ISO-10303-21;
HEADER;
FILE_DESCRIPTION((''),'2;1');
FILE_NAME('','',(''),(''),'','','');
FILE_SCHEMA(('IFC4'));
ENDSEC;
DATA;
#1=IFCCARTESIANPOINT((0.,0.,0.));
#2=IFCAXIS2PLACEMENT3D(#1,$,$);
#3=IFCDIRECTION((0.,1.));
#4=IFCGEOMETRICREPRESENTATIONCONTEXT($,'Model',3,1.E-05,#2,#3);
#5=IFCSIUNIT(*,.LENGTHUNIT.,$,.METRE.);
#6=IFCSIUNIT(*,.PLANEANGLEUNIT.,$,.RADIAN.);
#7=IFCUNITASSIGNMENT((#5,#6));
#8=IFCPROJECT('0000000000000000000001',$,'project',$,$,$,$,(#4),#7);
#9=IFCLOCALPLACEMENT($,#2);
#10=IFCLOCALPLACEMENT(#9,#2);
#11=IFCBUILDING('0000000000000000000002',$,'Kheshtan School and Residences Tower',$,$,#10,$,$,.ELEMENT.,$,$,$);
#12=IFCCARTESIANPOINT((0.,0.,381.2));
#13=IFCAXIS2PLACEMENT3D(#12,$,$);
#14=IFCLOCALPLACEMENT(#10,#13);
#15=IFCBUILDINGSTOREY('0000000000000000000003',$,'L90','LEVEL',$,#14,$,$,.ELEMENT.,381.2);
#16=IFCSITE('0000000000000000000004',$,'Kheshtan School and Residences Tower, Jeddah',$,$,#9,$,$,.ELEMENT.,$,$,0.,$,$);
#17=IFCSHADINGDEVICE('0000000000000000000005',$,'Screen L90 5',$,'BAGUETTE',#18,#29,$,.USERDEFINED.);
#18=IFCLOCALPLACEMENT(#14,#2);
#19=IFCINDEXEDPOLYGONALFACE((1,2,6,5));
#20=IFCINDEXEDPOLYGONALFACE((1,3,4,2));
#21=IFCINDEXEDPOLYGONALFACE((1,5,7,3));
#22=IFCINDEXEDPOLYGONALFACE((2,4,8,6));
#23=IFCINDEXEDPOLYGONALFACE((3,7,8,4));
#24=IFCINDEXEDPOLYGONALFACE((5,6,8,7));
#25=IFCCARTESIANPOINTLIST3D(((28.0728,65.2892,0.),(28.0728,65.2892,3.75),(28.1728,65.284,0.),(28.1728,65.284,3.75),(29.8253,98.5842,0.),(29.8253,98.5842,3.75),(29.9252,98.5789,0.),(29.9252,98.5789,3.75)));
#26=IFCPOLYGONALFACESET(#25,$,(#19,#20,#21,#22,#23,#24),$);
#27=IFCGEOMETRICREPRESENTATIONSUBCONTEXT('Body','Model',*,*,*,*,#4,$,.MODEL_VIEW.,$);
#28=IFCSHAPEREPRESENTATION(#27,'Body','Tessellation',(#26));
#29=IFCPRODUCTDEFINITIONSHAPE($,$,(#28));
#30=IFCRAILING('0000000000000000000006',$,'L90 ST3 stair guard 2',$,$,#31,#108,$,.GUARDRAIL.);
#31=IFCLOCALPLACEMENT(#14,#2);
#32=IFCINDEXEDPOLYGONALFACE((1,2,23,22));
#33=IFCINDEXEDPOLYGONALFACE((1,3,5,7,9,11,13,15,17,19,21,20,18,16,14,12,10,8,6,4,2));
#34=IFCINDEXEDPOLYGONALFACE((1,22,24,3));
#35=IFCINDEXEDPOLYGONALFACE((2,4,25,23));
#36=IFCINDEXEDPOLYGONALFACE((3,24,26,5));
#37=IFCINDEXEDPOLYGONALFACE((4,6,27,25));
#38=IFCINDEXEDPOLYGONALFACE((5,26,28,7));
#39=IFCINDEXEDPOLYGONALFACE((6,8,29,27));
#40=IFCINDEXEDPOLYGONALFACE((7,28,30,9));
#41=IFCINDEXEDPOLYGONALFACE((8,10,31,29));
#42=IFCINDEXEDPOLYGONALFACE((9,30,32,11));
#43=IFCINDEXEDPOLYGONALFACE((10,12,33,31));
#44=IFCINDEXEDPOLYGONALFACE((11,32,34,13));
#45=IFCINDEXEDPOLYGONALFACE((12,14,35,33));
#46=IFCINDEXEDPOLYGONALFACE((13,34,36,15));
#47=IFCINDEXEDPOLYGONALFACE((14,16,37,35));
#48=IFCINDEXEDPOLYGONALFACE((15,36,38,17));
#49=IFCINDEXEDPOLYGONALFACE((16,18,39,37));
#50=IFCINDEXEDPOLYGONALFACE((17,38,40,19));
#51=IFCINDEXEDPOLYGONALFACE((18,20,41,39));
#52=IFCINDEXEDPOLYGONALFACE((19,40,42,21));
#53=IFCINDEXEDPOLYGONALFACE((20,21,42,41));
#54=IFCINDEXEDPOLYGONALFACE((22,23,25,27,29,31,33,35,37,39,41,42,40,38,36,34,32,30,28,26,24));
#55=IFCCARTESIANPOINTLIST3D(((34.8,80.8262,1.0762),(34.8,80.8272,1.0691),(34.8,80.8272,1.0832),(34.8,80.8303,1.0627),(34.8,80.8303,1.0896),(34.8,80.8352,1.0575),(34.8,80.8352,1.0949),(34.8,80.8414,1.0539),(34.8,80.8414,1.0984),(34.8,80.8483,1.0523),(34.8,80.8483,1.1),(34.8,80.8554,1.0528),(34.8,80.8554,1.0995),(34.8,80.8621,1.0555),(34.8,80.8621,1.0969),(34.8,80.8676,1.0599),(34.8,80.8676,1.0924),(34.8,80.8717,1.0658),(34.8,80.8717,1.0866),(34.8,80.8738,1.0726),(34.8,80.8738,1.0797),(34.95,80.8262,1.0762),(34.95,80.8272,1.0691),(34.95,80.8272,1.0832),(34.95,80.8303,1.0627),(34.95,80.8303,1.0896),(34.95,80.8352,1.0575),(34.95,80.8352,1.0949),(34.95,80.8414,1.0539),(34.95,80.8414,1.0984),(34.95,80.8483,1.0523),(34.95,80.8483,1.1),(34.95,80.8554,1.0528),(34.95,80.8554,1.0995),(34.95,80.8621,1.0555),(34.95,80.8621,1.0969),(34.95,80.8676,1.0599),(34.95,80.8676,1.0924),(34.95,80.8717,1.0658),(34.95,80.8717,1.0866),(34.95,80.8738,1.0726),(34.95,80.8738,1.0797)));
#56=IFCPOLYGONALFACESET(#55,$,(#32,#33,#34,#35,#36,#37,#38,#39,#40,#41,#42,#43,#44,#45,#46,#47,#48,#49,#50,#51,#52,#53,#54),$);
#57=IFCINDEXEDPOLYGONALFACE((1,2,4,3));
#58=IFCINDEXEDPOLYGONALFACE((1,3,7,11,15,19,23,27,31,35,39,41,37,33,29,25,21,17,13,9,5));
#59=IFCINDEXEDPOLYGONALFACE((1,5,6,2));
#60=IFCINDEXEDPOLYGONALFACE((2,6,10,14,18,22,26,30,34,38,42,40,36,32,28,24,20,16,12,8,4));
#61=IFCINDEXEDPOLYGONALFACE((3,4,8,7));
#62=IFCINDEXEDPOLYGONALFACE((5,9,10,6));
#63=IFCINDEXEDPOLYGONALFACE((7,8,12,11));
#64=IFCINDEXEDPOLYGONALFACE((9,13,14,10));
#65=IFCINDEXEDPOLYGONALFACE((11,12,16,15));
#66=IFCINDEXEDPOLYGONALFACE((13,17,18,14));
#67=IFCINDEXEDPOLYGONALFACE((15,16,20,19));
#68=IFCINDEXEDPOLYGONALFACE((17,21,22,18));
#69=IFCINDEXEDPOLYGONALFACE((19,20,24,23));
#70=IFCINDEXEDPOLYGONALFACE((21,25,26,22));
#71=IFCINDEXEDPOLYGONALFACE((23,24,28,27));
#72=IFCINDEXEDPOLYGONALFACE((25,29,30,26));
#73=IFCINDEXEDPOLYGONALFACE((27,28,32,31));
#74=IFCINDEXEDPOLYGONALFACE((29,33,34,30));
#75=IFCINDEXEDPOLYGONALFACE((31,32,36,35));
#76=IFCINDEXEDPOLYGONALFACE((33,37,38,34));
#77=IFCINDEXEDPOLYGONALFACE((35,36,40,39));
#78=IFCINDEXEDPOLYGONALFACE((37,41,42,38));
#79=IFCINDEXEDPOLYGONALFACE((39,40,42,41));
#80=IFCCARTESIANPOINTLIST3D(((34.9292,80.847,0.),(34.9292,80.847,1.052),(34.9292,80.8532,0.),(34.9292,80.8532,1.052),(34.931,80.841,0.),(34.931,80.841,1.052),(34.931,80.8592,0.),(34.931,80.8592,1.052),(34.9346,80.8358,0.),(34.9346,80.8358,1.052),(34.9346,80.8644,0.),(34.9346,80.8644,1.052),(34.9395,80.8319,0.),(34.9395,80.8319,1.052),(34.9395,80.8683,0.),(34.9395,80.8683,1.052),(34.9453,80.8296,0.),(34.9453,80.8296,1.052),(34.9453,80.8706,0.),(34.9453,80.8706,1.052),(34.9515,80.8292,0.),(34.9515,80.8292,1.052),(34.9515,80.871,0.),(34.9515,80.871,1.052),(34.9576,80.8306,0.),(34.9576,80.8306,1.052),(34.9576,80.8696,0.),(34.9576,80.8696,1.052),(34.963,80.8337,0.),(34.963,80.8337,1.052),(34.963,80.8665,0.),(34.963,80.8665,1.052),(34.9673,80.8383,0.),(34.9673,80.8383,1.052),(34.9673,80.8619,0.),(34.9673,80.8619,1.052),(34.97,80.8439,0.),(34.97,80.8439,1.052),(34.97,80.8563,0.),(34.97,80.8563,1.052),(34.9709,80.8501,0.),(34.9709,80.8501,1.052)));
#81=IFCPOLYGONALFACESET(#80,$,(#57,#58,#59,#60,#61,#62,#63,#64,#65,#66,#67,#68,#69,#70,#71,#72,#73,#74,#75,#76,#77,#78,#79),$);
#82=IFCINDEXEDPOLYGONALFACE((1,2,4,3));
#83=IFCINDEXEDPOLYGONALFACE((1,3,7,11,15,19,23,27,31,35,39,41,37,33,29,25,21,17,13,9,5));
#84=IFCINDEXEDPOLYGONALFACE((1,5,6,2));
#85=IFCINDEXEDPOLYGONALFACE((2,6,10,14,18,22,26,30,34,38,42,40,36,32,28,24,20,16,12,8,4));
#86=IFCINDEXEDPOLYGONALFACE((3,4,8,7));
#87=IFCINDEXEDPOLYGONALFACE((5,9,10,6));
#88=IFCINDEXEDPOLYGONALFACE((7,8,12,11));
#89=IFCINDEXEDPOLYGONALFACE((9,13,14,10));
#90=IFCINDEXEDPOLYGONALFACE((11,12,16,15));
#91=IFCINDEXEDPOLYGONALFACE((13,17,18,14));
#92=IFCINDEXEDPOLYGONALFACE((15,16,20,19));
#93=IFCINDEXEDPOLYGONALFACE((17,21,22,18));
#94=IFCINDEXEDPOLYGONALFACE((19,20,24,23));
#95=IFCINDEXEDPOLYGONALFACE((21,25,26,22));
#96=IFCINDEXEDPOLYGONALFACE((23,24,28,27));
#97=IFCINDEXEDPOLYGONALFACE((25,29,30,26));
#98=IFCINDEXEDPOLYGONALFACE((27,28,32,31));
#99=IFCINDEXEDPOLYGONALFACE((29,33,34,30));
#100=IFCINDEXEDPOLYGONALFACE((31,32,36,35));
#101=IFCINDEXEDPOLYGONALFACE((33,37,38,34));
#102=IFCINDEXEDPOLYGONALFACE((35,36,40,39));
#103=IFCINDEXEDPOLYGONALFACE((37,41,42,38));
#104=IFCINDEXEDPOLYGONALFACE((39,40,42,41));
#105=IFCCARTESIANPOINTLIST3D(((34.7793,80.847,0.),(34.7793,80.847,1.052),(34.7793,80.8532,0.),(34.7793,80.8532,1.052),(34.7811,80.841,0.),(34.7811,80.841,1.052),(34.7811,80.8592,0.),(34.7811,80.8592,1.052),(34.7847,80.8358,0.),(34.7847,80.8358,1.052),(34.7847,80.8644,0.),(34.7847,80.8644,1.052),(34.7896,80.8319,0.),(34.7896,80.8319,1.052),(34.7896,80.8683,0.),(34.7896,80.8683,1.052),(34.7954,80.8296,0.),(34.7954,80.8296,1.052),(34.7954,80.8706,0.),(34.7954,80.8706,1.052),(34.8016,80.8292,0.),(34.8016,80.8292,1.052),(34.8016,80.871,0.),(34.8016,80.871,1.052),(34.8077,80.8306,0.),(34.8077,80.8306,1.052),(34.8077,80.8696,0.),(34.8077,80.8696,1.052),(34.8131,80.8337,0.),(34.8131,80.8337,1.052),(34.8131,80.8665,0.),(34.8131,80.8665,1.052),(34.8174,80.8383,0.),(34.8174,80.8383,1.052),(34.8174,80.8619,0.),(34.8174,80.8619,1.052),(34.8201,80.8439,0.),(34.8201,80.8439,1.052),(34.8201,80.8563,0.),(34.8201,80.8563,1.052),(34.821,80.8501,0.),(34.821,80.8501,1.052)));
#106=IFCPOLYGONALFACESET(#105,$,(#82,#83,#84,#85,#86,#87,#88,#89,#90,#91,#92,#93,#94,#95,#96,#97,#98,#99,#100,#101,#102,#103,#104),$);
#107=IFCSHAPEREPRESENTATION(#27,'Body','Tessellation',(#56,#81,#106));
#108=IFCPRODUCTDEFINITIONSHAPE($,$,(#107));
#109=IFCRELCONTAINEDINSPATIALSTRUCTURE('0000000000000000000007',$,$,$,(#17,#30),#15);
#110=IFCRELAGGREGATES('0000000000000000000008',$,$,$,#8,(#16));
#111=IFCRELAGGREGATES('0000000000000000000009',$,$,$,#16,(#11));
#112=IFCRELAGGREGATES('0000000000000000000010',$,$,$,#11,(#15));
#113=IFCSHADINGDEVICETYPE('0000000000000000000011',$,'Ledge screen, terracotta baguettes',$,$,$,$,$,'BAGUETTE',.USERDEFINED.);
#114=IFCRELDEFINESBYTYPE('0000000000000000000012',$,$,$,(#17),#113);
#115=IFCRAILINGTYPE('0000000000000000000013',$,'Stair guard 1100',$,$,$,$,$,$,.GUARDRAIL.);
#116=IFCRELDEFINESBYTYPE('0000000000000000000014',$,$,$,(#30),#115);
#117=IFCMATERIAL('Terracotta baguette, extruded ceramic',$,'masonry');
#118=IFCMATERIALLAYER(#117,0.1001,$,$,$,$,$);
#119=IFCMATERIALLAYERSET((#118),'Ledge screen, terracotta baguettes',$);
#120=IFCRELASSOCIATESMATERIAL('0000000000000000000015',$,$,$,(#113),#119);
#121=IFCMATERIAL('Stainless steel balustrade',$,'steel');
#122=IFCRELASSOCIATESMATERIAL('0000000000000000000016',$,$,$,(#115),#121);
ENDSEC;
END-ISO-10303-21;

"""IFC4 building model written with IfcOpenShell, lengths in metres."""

from ifc_helpers import new_model, si_unit, direction, frame, origin, origin_2d, place, context, subcontext, project, spatial, rectangle, circle, extrude, material, layer, layer_set, type_object, element, save


model = new_model("IFC4")

# Units and contexts
model_context = context("Model", 3, precision=1e-05, world=origin(), true_north=direction((0.0, 1.0)))
body_context = subcontext(model_context, "Body", "Model", "MODEL_VIEW")
ifc_project = project(units=[si_unit("LENGTHUNIT", "METRE"), si_unit("PLANEANGLEUNIT", "RADIAN")], contexts=[model_context])

# Site, building, storey
site_placement = place(None, origin())
site = spatial("IfcSite", under=ifc_project, at=site_placement, Name="Kheshtan School and Residences Tower, Jeddah", CompositionType="ELEMENT", RefElevation=0.0)
building_placement = place(site_placement, origin())
building = spatial("IfcBuilding", under=site, at=building_placement, Name="Kheshtan School and Residences Tower", CompositionType="ELEMENT")
storey_placement = place(building_placement, frame((0.0, 0.0, 381.2)))
storey = spatial("IfcBuildingStorey", under=building, at=storey_placement, Name="L90", Description="LEVEL", CompositionType="ELEMENT", Elevation=381.2)

# Shading device
ifc_material_1 = material(Name="Terracotta baguette, extruded ceramic", Category="masonry")
ifc_layer_1 = layer(ifc_material_1, 0.1001)
ifc_layer_set_1 = layer_set([ifc_layer_1], Name="Ledge screen, terracotta baguettes")
shading_device_type = type_object("IfcShadingDeviceType", Name="Ledge screen, terracotta baguettes", ElementType="BAGUETTE", PredefinedType="USERDEFINED", material=ifc_layer_set_1)
shading_device_placement = place(storey_placement, frame((28.999, 81.9341, 0.0), z_axis=(0.0, 0.0, 1.0), x_axis=(0.052563, 0.998618, 0.0)))
element("IfcShadingDevice", 1, at=shading_device_placement, inside=storey, type_object=shading_device_type, Name="Screen L90 5", ObjectType="BAGUETTE", PredefinedType="USERDEFINED", context=body_context, shape_type="SweptSolid", body=[
    extrude(rectangle(XDim=33.3411, YDim=0.1001, at=origin_2d()), origin(), (0.0, 0.0, 1.0), 3.75),
])

# Railing
ifc_material_2 = material(Name="Stainless steel balustrade", Category="steel")
railing_type_1 = type_object("IfcRailingType", Name="Stair guard 1100", PredefinedType="GUARDRAIL", material=ifc_material_2)
railing_1_placement = place(storey_placement, frame((34.95, 80.8501, 0.0)))
element("IfcRailing", 2, at=railing_1_placement, inside=storey, type_object=railing_type_1, Name="L90 ST3 stair guard 2", PredefinedType="GUARDRAIL", context=body_context, shape_type="SweptSolid", body=[
    extrude(circle(Radius=0.0239, at=origin_2d()), frame((0.0, 0.0, 1.0762), z_axis=(-1.0, 0.0, 0.0), x_axis=(0.0, -1.0, 0.0)), (0.0, 0.0, 1.0), 0.1499),
    extrude(circle(Radius=0.021, at=origin_2d()), origin(), (0.0, 0.0, 1.0), 1.052),
    extrude(circle(Radius=0.021, at=origin_2d()), frame((-0.1499, 0.0, 0.0)), (0.0, 0.0, 1.0), 1.052),
])

save(model, "model.ifc")
